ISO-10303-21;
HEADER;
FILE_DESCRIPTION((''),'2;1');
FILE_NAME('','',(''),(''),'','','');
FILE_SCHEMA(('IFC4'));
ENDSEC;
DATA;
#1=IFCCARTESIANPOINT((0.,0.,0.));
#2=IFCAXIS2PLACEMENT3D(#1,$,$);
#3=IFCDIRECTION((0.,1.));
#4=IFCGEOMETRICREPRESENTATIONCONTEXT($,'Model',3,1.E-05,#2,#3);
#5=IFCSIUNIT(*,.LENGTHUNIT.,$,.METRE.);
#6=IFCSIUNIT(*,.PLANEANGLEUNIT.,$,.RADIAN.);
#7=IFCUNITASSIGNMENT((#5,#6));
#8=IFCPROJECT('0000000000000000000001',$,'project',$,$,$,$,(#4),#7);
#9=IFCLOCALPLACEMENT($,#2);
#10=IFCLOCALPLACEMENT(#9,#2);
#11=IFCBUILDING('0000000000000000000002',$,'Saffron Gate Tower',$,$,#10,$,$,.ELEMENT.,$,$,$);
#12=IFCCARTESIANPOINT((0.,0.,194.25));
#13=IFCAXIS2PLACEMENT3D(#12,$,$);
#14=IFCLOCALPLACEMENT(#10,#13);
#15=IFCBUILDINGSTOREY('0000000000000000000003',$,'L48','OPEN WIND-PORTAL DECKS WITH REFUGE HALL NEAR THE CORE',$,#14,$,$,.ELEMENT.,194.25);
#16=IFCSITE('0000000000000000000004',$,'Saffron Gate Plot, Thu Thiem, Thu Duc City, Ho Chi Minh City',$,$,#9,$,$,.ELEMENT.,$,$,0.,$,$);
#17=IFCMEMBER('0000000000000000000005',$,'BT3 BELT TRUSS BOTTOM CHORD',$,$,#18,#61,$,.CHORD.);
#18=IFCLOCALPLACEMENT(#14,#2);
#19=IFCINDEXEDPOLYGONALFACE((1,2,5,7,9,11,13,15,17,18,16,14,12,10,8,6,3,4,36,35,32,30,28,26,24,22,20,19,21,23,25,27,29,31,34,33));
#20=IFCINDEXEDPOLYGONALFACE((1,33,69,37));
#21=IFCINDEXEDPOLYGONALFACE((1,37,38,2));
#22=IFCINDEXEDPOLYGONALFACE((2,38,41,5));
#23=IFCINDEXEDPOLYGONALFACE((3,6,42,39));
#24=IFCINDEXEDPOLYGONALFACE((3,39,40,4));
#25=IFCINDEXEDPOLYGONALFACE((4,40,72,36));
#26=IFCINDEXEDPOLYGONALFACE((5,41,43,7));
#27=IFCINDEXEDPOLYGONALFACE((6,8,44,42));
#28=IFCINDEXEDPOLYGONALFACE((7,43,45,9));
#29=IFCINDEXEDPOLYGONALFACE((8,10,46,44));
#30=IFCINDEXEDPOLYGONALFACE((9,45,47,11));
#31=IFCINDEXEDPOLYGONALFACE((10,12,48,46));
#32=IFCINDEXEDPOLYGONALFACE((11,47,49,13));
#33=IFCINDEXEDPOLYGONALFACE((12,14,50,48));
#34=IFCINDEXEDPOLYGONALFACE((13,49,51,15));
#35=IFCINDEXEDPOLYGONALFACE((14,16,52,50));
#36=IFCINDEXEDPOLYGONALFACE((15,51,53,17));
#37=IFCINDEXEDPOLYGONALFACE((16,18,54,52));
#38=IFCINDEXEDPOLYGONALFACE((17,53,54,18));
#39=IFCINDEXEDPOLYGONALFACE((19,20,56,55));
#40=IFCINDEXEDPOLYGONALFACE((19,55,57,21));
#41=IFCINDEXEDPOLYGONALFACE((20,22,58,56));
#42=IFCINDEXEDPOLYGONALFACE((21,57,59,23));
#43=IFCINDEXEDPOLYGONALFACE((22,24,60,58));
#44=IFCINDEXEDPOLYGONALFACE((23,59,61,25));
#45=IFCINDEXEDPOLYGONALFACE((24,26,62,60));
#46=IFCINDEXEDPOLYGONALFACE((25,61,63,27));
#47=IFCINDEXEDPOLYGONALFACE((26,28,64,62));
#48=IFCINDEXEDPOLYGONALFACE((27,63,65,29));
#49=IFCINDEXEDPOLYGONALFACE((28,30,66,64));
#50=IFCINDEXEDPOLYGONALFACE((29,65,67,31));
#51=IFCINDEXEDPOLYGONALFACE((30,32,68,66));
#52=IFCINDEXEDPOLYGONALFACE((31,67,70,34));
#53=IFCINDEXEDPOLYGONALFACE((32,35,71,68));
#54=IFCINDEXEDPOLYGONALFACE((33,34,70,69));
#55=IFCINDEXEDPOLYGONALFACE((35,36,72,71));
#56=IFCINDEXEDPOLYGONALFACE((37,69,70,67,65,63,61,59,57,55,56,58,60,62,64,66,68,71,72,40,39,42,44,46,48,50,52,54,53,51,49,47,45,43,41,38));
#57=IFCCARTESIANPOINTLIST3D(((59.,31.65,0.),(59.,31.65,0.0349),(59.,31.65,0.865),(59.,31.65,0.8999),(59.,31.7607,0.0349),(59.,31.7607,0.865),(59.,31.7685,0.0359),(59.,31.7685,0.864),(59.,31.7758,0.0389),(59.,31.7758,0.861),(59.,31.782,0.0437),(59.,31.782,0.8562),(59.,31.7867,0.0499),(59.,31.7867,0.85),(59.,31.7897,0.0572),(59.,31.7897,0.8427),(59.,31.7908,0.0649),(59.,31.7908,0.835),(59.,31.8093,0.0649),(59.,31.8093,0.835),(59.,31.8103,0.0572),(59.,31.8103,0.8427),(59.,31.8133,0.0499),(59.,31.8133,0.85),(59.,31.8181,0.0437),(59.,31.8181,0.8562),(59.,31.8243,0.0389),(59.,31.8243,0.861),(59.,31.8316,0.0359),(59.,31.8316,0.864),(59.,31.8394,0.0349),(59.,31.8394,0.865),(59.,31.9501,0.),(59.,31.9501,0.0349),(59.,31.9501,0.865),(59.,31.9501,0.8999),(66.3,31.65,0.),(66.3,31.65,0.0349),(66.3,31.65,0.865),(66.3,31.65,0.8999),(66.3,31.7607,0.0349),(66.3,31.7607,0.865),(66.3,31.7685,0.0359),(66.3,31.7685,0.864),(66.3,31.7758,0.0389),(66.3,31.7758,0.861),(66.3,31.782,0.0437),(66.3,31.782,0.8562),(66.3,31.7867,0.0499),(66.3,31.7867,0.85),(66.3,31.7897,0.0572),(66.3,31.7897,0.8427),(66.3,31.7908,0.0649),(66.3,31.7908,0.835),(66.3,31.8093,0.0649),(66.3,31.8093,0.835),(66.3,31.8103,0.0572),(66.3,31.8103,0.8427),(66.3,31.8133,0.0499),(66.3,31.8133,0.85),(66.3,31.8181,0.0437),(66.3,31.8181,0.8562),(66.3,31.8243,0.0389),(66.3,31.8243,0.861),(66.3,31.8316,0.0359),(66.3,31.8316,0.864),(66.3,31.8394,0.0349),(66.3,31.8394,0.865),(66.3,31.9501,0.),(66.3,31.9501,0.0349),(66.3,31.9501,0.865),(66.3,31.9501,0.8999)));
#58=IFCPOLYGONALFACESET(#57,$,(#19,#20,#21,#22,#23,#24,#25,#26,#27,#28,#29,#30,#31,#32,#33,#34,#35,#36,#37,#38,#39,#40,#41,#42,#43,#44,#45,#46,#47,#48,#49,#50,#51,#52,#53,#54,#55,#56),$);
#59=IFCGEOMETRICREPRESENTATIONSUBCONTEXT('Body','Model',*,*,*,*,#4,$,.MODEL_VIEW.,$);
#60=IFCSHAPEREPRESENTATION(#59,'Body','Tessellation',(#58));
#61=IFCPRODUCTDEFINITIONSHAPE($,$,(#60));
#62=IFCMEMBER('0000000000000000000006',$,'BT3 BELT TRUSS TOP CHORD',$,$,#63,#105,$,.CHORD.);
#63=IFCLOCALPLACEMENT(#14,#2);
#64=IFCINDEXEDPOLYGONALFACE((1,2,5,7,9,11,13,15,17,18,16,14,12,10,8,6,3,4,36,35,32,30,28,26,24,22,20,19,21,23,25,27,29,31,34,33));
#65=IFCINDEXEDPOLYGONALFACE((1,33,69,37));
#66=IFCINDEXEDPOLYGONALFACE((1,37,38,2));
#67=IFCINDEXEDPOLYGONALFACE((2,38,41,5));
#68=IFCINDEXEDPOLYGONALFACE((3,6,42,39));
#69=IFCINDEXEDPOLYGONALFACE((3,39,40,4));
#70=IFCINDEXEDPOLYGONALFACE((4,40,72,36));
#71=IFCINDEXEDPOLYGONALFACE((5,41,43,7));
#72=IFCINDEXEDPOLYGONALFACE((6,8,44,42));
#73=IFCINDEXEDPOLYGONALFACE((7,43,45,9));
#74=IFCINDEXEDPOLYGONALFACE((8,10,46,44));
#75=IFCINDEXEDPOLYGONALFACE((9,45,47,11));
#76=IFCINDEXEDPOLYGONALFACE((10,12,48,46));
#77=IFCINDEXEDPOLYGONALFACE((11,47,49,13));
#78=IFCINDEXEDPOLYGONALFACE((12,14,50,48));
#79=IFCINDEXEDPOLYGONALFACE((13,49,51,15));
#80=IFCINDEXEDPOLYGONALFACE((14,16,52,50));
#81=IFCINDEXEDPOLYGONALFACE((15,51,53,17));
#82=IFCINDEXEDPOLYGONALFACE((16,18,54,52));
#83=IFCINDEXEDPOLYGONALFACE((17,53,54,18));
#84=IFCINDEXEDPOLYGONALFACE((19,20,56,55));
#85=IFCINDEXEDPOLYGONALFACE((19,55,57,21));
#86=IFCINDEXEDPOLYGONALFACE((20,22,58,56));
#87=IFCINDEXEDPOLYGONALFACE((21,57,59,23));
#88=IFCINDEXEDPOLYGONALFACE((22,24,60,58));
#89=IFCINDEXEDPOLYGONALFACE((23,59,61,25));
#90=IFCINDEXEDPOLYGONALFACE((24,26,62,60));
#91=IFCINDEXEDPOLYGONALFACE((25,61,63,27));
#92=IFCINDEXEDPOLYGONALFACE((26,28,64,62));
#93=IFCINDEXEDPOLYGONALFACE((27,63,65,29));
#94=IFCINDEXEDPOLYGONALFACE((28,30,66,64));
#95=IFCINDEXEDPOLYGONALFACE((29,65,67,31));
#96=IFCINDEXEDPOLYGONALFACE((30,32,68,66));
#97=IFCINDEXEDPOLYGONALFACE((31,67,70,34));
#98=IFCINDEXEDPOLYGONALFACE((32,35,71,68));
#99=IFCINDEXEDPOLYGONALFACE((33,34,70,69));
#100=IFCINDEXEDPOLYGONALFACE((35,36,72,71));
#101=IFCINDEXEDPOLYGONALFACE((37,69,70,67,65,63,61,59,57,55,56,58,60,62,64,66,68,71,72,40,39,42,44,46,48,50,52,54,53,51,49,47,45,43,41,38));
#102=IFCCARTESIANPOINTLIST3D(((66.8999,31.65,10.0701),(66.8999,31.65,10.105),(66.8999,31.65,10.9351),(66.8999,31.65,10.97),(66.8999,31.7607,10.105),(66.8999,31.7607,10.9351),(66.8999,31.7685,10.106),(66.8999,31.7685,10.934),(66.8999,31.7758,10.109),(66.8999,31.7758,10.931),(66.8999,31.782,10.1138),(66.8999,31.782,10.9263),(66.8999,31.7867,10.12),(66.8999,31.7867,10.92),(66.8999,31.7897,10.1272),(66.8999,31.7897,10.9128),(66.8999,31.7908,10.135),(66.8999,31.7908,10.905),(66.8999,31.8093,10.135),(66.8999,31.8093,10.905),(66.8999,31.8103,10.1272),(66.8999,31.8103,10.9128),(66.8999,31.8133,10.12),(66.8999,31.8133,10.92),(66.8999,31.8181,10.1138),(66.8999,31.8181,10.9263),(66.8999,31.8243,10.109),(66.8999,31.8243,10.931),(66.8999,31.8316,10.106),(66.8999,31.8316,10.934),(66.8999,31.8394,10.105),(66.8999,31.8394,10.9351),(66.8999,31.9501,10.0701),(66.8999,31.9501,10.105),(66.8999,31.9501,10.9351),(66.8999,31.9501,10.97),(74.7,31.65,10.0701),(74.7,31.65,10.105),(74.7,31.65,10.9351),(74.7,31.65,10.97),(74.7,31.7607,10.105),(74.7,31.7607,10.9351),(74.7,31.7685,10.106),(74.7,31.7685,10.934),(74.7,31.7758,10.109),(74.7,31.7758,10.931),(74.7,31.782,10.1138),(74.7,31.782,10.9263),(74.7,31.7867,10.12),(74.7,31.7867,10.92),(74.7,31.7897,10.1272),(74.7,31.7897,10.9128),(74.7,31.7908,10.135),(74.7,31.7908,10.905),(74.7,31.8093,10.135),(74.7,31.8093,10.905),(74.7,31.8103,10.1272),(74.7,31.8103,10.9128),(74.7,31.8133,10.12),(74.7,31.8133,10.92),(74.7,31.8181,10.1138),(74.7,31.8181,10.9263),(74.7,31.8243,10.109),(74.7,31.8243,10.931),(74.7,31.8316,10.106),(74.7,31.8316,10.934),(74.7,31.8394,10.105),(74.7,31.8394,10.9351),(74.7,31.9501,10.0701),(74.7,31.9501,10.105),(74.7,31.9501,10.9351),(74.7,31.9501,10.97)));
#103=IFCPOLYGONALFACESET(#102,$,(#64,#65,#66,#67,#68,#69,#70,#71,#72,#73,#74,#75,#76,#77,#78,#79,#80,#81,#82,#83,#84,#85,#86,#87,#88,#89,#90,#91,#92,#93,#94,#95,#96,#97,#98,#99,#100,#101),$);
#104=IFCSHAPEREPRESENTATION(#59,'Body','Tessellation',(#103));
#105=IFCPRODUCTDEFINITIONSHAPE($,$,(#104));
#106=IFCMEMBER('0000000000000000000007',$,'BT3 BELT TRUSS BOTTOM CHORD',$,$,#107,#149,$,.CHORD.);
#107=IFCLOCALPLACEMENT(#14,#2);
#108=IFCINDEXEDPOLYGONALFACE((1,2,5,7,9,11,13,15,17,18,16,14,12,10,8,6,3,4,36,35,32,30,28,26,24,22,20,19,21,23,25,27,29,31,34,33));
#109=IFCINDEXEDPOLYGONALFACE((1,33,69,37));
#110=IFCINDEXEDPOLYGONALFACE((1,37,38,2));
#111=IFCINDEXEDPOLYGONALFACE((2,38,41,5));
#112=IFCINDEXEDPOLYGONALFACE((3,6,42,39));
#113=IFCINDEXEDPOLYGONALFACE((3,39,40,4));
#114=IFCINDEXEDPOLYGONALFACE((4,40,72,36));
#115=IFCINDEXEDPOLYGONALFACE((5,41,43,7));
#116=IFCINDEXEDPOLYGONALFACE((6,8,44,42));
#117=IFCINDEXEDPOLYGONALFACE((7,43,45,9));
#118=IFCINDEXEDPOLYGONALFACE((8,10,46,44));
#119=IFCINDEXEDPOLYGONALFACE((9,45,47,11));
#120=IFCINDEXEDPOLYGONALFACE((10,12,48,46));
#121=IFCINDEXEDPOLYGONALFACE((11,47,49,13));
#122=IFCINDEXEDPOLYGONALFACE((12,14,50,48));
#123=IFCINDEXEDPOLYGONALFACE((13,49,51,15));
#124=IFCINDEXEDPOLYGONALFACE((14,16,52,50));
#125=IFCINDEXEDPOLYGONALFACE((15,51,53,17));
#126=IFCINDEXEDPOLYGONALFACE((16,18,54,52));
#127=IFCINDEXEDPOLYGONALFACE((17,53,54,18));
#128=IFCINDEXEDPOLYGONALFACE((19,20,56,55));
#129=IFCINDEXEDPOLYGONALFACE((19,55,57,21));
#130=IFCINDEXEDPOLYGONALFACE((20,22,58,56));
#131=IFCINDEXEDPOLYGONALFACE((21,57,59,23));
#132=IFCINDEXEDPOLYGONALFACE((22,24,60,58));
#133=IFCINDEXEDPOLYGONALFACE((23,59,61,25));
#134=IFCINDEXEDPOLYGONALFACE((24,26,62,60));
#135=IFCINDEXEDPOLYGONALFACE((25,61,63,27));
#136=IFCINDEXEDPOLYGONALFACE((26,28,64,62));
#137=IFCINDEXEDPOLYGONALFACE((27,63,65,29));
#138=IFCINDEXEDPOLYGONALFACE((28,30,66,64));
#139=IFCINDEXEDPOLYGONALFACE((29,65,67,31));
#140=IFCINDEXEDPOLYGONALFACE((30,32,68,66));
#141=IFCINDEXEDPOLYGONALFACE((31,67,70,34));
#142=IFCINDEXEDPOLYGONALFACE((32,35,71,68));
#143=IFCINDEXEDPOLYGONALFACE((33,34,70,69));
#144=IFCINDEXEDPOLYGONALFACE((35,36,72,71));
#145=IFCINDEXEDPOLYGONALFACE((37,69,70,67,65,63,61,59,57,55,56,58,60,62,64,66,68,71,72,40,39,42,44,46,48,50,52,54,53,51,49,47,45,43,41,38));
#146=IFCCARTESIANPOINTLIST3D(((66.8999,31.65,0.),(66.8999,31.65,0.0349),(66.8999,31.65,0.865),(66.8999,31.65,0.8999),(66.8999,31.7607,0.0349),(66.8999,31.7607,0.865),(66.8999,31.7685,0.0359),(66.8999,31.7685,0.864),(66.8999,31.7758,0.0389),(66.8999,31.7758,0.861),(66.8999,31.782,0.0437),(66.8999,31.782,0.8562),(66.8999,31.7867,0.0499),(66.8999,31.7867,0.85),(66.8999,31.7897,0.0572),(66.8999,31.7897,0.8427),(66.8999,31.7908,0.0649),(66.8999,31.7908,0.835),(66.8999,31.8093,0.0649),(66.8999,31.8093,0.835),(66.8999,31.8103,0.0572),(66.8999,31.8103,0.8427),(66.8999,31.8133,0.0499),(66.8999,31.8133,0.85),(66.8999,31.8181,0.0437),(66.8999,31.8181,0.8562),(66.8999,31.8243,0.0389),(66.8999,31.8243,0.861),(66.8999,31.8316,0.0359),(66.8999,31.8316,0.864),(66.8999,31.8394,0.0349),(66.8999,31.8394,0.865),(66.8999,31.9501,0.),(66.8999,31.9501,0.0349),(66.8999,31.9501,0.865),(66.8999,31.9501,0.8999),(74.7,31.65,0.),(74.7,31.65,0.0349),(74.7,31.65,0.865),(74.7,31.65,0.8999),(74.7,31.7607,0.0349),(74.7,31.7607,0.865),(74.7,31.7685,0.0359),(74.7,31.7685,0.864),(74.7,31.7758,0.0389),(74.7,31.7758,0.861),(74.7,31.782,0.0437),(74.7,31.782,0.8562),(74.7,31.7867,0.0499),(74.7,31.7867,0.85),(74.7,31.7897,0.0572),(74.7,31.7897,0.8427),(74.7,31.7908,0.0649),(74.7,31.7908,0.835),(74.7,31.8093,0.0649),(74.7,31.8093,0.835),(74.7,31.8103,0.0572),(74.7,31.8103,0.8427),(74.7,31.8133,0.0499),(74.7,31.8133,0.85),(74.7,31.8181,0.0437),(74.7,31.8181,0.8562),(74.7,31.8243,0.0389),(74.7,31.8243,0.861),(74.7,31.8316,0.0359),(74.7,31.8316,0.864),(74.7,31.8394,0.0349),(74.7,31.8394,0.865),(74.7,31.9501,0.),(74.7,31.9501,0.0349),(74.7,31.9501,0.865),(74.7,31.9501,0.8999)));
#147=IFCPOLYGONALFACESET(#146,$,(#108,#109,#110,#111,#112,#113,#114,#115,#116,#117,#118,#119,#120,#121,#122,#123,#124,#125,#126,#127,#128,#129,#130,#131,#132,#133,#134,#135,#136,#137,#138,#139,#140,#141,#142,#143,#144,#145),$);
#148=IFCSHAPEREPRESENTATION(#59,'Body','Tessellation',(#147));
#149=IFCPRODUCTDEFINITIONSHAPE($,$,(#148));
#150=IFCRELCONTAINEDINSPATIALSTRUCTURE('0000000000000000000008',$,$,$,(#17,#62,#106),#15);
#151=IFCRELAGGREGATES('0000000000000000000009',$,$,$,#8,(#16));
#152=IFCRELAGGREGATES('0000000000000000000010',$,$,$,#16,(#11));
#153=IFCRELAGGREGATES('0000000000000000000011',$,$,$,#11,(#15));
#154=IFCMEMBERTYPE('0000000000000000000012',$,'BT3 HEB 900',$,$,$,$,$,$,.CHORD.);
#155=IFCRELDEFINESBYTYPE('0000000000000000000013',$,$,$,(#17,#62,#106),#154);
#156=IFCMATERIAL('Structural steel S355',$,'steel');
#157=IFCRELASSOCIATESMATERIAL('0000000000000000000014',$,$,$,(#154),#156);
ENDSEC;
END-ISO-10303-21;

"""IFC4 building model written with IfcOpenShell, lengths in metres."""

from ifc_helpers import new_model, si_unit, direction, frame, origin, origin_2d, place, context, subcontext, project, spatial, i_section, extrude, material, material_profile, profile_set, type_object, element, save


model = new_model("IFC4")

# Units and contexts
model_context = context("Model", 3, precision=1e-05, world=origin(), true_north=direction((0.0, 1.0)))
body_context = subcontext(model_context, "Body", "Model", "MODEL_VIEW")
ifc_project = project(units=[si_unit("LENGTHUNIT", "METRE"), si_unit("PLANEANGLEUNIT", "RADIAN")], contexts=[model_context])

# Site, building, storey
site_placement = place(None, origin())
site = spatial("IfcSite", under=ifc_project, at=site_placement, Name="Saffron Gate Plot, Thu Thiem, Thu Duc City, Ho Chi Minh City", CompositionType="ELEMENT", RefElevation=0.0)
building_placement = place(site_placement, origin())
building = spatial("IfcBuilding", under=site, at=building_placement, Name="Saffron Gate Tower", CompositionType="ELEMENT")
storey_placement = place(building_placement, frame((0.0, 0.0, 194.25)))
storey = spatial("IfcBuildingStorey", under=building, at=storey_placement, Name="L48", Description="OPEN WIND-PORTAL DECKS WITH REFUGE HALL NEAR THE CORE", CompositionType="ELEMENT", Elevation=194.25)

# Shared definitions
ifc_material_1 = material(Name="Structural steel S355", Category="steel")

# Members
ifc_material_profile_1 = material_profile(ifc_material_1, i_section(OverallWidth=0.3, OverallDepth=0.8999, WebThickness=0.0186, FlangeThickness=0.0349, FilletRadius=0.03, at=origin_2d()))
ifc_profile_set_1 = profile_set([ifc_material_profile_1], Name="Structural steel S355")
member_type_1 = type_object("IfcMemberType", Name="BT3 HEB 900", PredefinedType="CHORD", material=ifc_profile_set_1)
for number, where, z_axis, x_axis, name in (
    (1, (59.0, 31.8, 0.45), (1.0, 0.0, 0.0), (0.0, 1.0, 0.0), "BT3 BELT TRUSS BOTTOM CHORD"),
):
    element("IfcMember", number, at=place(storey_placement, frame(where, z_axis=z_axis, x_axis=x_axis)), inside=storey, type_object=member_type_1, Name=name, PredefinedType="CHORD", context=body_context, shape_type="SweptSolid", body=[
        extrude(i_section(OverallWidth=0.3, OverallDepth=0.8999, WebThickness=0.0186, FlangeThickness=0.0349, FilletRadius=0.03, at=origin_2d()), origin(), (0.0, 0.0, 1.0), 7.3),
    ])
for number, where, z_axis, x_axis, name in (
    (2, (66.8999, 31.8, 10.52), (1.0, 0.0, 0.0), (0.0, 1.0, 0.0), "BT3 BELT TRUSS TOP CHORD"),
    (3, (66.8999, 31.8, 0.45), (1.0, 0.0, 0.0), (0.0, 1.0, 0.0), "BT3 BELT TRUSS BOTTOM CHORD"),
):
    element("IfcMember", number, at=place(storey_placement, frame(where, z_axis=z_axis, x_axis=x_axis)), inside=storey, type_object=member_type_1, Name=name, PredefinedType="CHORD", context=body_context, shape_type="SweptSolid", body=[
        extrude(i_section(OverallWidth=0.3, OverallDepth=0.8999, WebThickness=0.0186, FlangeThickness=0.0349, FilletRadius=0.03, at=origin_2d()), origin(), (0.0, 0.0, 1.0), 7.8),
    ])

save(model, "model.ifc")
